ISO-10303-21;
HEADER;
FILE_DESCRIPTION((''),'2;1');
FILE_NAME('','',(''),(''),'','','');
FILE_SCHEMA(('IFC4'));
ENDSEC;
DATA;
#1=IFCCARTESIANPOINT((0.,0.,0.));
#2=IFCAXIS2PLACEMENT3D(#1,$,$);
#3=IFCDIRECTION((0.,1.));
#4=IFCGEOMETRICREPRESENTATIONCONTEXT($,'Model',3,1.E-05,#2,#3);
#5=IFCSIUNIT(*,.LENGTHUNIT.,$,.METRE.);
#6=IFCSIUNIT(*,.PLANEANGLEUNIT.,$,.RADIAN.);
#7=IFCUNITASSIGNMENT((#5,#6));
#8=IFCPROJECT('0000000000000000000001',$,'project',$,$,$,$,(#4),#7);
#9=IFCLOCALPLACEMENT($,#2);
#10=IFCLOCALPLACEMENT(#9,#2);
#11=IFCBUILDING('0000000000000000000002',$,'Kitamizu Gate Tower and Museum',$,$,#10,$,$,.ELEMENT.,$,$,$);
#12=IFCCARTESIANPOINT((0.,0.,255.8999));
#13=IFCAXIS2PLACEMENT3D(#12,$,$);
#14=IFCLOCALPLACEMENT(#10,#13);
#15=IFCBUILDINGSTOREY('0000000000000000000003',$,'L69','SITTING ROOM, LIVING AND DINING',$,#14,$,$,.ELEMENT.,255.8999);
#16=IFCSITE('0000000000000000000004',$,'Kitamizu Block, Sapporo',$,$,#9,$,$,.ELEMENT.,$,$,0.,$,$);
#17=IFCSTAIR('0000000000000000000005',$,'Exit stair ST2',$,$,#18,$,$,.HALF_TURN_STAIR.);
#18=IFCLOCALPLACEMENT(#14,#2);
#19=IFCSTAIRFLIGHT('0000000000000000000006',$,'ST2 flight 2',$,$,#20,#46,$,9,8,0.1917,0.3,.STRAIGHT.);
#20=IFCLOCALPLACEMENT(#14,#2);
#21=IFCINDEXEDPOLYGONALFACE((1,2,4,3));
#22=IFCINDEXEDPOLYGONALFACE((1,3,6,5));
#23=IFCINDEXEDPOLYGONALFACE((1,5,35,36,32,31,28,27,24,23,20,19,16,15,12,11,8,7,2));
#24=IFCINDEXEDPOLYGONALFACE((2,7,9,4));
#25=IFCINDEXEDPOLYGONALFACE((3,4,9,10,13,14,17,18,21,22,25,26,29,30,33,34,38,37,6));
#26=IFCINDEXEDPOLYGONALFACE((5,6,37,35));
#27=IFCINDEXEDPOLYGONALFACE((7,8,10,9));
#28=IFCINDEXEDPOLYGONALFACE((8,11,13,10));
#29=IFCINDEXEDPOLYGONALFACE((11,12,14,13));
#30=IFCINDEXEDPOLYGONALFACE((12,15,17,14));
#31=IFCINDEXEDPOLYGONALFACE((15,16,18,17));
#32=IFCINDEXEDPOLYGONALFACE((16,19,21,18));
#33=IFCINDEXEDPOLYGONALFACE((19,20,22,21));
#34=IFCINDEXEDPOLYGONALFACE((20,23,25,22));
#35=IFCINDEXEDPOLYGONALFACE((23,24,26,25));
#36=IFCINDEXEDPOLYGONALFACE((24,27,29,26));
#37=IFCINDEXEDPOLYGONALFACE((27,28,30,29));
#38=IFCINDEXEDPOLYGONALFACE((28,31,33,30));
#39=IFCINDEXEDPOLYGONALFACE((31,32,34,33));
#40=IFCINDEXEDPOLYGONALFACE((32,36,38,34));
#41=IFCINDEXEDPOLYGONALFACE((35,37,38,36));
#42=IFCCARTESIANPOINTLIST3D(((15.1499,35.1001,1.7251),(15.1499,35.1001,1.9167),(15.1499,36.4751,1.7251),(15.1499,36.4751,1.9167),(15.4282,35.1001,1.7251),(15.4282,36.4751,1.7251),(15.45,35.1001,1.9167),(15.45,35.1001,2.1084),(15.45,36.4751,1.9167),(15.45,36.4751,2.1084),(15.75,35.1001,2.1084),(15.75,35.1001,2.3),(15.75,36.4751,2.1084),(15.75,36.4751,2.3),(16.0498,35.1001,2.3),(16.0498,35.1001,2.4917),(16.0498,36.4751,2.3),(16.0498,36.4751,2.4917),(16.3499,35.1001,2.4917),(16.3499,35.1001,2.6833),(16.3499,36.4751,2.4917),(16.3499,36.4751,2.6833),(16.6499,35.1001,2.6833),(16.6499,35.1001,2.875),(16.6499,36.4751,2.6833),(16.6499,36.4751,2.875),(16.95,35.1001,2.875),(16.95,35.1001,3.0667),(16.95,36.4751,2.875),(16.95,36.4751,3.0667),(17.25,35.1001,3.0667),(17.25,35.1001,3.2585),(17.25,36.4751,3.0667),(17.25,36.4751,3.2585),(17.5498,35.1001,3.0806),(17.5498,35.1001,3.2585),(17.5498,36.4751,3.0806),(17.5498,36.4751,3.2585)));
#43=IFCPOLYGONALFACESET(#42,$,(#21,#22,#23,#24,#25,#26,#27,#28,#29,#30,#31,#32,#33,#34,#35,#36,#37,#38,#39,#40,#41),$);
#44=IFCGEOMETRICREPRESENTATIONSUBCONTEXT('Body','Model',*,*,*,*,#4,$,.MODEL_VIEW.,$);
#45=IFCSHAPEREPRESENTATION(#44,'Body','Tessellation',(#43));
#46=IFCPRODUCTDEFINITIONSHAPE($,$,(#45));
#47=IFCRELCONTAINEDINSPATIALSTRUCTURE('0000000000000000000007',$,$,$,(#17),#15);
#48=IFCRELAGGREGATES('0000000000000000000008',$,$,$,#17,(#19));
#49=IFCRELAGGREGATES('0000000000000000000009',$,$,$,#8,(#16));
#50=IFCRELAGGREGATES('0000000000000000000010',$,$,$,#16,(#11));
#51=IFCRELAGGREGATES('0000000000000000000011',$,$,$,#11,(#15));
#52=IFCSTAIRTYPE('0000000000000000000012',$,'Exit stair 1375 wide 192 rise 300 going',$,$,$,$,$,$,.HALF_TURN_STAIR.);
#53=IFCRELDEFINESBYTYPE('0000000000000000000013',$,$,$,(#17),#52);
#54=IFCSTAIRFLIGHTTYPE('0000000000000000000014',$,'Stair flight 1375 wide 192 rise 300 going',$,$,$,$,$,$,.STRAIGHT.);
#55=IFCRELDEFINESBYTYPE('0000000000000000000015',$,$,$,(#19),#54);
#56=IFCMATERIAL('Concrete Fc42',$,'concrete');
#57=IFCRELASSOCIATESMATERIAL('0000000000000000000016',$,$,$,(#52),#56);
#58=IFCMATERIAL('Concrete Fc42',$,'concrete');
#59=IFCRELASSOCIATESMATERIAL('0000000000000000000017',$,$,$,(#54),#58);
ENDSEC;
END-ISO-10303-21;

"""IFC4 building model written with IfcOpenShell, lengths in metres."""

from ifc_helpers import new_model, si_unit, direction, frame, origin, place, context, subcontext, project, spatial, polyline, outline, extrude, material, type_object, element, aggregate, save


model = new_model("IFC4")

# Units and contexts
model_context = context("Model", 3, precision=1e-05, world=origin(), true_north=direction((0.0, 1.0)))
body_context = subcontext(model_context, "Body", "Model", "MODEL_VIEW")
ifc_project = project(units=[si_unit("LENGTHUNIT", "METRE"), si_unit("PLANEANGLEUNIT", "RADIAN")], contexts=[model_context])

# Site, building, storey
site_placement = place(None, origin())
site = spatial("IfcSite", under=ifc_project, at=site_placement, Name="Kitamizu Block, Sapporo", CompositionType="ELEMENT", RefElevation=0.0)
building_placement = place(site_placement, origin())
building = spatial("IfcBuilding", under=site, at=building_placement, Name="Kitamizu Gate Tower and Museum", CompositionType="ELEMENT")
storey_placement = place(building_placement, frame((0.0, 0.0, 255.8999)))
storey = spatial("IfcBuildingStorey", under=building, at=storey_placement, Name="L69", Description="SITTING ROOM, LIVING AND DINING", CompositionType="ELEMENT", Elevation=255.8999)

# Shared definitions
ifc_material_1 = material(Name="Concrete Fc42", Category="concrete")
stair_type = type_object("IfcStairType", Name="Exit stair 1375 wide 192 rise 300 going", PredefinedType="HALF_TURN_STAIR", material=ifc_material_1)
ifc_material_2 = material(Name="Concrete Fc42", Category="concrete")
stair_flight_type = type_object("IfcStairFlightType", Name="Stair flight 1375 wide 192 rise 300 going", PredefinedType="STRAIGHT", material=ifc_material_2)

# Stair, stair flight
stair_1_placement = place(storey_placement, origin())
stair_1 = element("IfcStair", 1, at=stair_1_placement, inside=storey, type_object=stair_type, Name="Exit stair ST2", PredefinedType="HALF_TURN_STAIR")
stair_flight_1_placement = place(storey_placement, frame((15.1499, 35.7876, 1.7251), z_axis=(0.0, 0.0, 1.0), x_axis=(1.0, 0.0, 0.0)))
stair_flight_1 = element("IfcStairFlight", 2, at=stair_flight_1_placement, type_object=stair_flight_type, Name="ST2 flight 2", NumberOfRisers=9, NumberOfTreads=8, PredefinedType="STRAIGHT", RiserHeight=0.1917, TreadLength=0.3, context=body_context, shape_type="SweptSolid", body=[
    extrude(outline(polyline([(0.0, 0.0), (0.0, 0.1917), (0.3, 0.1917), (0.3, 0.3833), (0.6001, 0.3833), (0.6001, 0.575), (0.8999, 0.575), (0.8999, 0.7666), (1.2, 0.7666), (1.2, 0.9583), (1.5, 0.9583), (1.5, 1.1499), (1.8, 1.1499), (1.8, 1.3416), (2.1001, 1.3416), (2.1001, 1.5334), (2.3999, 1.5334), (2.3999, 1.7251), (2.3999, 1.3555), (0.2783, 0.0), (0.0, 0.0)])), frame((0.0, 0.6875, 0.0), z_axis=(0.0, -1.0, 0.0), x_axis=(1.0, 0.0, 0.0)), (0.0, 0.0, 1.0), 1.375),
])
aggregate(stair_1, [stair_flight_1])

save(model, "model.ifc")
